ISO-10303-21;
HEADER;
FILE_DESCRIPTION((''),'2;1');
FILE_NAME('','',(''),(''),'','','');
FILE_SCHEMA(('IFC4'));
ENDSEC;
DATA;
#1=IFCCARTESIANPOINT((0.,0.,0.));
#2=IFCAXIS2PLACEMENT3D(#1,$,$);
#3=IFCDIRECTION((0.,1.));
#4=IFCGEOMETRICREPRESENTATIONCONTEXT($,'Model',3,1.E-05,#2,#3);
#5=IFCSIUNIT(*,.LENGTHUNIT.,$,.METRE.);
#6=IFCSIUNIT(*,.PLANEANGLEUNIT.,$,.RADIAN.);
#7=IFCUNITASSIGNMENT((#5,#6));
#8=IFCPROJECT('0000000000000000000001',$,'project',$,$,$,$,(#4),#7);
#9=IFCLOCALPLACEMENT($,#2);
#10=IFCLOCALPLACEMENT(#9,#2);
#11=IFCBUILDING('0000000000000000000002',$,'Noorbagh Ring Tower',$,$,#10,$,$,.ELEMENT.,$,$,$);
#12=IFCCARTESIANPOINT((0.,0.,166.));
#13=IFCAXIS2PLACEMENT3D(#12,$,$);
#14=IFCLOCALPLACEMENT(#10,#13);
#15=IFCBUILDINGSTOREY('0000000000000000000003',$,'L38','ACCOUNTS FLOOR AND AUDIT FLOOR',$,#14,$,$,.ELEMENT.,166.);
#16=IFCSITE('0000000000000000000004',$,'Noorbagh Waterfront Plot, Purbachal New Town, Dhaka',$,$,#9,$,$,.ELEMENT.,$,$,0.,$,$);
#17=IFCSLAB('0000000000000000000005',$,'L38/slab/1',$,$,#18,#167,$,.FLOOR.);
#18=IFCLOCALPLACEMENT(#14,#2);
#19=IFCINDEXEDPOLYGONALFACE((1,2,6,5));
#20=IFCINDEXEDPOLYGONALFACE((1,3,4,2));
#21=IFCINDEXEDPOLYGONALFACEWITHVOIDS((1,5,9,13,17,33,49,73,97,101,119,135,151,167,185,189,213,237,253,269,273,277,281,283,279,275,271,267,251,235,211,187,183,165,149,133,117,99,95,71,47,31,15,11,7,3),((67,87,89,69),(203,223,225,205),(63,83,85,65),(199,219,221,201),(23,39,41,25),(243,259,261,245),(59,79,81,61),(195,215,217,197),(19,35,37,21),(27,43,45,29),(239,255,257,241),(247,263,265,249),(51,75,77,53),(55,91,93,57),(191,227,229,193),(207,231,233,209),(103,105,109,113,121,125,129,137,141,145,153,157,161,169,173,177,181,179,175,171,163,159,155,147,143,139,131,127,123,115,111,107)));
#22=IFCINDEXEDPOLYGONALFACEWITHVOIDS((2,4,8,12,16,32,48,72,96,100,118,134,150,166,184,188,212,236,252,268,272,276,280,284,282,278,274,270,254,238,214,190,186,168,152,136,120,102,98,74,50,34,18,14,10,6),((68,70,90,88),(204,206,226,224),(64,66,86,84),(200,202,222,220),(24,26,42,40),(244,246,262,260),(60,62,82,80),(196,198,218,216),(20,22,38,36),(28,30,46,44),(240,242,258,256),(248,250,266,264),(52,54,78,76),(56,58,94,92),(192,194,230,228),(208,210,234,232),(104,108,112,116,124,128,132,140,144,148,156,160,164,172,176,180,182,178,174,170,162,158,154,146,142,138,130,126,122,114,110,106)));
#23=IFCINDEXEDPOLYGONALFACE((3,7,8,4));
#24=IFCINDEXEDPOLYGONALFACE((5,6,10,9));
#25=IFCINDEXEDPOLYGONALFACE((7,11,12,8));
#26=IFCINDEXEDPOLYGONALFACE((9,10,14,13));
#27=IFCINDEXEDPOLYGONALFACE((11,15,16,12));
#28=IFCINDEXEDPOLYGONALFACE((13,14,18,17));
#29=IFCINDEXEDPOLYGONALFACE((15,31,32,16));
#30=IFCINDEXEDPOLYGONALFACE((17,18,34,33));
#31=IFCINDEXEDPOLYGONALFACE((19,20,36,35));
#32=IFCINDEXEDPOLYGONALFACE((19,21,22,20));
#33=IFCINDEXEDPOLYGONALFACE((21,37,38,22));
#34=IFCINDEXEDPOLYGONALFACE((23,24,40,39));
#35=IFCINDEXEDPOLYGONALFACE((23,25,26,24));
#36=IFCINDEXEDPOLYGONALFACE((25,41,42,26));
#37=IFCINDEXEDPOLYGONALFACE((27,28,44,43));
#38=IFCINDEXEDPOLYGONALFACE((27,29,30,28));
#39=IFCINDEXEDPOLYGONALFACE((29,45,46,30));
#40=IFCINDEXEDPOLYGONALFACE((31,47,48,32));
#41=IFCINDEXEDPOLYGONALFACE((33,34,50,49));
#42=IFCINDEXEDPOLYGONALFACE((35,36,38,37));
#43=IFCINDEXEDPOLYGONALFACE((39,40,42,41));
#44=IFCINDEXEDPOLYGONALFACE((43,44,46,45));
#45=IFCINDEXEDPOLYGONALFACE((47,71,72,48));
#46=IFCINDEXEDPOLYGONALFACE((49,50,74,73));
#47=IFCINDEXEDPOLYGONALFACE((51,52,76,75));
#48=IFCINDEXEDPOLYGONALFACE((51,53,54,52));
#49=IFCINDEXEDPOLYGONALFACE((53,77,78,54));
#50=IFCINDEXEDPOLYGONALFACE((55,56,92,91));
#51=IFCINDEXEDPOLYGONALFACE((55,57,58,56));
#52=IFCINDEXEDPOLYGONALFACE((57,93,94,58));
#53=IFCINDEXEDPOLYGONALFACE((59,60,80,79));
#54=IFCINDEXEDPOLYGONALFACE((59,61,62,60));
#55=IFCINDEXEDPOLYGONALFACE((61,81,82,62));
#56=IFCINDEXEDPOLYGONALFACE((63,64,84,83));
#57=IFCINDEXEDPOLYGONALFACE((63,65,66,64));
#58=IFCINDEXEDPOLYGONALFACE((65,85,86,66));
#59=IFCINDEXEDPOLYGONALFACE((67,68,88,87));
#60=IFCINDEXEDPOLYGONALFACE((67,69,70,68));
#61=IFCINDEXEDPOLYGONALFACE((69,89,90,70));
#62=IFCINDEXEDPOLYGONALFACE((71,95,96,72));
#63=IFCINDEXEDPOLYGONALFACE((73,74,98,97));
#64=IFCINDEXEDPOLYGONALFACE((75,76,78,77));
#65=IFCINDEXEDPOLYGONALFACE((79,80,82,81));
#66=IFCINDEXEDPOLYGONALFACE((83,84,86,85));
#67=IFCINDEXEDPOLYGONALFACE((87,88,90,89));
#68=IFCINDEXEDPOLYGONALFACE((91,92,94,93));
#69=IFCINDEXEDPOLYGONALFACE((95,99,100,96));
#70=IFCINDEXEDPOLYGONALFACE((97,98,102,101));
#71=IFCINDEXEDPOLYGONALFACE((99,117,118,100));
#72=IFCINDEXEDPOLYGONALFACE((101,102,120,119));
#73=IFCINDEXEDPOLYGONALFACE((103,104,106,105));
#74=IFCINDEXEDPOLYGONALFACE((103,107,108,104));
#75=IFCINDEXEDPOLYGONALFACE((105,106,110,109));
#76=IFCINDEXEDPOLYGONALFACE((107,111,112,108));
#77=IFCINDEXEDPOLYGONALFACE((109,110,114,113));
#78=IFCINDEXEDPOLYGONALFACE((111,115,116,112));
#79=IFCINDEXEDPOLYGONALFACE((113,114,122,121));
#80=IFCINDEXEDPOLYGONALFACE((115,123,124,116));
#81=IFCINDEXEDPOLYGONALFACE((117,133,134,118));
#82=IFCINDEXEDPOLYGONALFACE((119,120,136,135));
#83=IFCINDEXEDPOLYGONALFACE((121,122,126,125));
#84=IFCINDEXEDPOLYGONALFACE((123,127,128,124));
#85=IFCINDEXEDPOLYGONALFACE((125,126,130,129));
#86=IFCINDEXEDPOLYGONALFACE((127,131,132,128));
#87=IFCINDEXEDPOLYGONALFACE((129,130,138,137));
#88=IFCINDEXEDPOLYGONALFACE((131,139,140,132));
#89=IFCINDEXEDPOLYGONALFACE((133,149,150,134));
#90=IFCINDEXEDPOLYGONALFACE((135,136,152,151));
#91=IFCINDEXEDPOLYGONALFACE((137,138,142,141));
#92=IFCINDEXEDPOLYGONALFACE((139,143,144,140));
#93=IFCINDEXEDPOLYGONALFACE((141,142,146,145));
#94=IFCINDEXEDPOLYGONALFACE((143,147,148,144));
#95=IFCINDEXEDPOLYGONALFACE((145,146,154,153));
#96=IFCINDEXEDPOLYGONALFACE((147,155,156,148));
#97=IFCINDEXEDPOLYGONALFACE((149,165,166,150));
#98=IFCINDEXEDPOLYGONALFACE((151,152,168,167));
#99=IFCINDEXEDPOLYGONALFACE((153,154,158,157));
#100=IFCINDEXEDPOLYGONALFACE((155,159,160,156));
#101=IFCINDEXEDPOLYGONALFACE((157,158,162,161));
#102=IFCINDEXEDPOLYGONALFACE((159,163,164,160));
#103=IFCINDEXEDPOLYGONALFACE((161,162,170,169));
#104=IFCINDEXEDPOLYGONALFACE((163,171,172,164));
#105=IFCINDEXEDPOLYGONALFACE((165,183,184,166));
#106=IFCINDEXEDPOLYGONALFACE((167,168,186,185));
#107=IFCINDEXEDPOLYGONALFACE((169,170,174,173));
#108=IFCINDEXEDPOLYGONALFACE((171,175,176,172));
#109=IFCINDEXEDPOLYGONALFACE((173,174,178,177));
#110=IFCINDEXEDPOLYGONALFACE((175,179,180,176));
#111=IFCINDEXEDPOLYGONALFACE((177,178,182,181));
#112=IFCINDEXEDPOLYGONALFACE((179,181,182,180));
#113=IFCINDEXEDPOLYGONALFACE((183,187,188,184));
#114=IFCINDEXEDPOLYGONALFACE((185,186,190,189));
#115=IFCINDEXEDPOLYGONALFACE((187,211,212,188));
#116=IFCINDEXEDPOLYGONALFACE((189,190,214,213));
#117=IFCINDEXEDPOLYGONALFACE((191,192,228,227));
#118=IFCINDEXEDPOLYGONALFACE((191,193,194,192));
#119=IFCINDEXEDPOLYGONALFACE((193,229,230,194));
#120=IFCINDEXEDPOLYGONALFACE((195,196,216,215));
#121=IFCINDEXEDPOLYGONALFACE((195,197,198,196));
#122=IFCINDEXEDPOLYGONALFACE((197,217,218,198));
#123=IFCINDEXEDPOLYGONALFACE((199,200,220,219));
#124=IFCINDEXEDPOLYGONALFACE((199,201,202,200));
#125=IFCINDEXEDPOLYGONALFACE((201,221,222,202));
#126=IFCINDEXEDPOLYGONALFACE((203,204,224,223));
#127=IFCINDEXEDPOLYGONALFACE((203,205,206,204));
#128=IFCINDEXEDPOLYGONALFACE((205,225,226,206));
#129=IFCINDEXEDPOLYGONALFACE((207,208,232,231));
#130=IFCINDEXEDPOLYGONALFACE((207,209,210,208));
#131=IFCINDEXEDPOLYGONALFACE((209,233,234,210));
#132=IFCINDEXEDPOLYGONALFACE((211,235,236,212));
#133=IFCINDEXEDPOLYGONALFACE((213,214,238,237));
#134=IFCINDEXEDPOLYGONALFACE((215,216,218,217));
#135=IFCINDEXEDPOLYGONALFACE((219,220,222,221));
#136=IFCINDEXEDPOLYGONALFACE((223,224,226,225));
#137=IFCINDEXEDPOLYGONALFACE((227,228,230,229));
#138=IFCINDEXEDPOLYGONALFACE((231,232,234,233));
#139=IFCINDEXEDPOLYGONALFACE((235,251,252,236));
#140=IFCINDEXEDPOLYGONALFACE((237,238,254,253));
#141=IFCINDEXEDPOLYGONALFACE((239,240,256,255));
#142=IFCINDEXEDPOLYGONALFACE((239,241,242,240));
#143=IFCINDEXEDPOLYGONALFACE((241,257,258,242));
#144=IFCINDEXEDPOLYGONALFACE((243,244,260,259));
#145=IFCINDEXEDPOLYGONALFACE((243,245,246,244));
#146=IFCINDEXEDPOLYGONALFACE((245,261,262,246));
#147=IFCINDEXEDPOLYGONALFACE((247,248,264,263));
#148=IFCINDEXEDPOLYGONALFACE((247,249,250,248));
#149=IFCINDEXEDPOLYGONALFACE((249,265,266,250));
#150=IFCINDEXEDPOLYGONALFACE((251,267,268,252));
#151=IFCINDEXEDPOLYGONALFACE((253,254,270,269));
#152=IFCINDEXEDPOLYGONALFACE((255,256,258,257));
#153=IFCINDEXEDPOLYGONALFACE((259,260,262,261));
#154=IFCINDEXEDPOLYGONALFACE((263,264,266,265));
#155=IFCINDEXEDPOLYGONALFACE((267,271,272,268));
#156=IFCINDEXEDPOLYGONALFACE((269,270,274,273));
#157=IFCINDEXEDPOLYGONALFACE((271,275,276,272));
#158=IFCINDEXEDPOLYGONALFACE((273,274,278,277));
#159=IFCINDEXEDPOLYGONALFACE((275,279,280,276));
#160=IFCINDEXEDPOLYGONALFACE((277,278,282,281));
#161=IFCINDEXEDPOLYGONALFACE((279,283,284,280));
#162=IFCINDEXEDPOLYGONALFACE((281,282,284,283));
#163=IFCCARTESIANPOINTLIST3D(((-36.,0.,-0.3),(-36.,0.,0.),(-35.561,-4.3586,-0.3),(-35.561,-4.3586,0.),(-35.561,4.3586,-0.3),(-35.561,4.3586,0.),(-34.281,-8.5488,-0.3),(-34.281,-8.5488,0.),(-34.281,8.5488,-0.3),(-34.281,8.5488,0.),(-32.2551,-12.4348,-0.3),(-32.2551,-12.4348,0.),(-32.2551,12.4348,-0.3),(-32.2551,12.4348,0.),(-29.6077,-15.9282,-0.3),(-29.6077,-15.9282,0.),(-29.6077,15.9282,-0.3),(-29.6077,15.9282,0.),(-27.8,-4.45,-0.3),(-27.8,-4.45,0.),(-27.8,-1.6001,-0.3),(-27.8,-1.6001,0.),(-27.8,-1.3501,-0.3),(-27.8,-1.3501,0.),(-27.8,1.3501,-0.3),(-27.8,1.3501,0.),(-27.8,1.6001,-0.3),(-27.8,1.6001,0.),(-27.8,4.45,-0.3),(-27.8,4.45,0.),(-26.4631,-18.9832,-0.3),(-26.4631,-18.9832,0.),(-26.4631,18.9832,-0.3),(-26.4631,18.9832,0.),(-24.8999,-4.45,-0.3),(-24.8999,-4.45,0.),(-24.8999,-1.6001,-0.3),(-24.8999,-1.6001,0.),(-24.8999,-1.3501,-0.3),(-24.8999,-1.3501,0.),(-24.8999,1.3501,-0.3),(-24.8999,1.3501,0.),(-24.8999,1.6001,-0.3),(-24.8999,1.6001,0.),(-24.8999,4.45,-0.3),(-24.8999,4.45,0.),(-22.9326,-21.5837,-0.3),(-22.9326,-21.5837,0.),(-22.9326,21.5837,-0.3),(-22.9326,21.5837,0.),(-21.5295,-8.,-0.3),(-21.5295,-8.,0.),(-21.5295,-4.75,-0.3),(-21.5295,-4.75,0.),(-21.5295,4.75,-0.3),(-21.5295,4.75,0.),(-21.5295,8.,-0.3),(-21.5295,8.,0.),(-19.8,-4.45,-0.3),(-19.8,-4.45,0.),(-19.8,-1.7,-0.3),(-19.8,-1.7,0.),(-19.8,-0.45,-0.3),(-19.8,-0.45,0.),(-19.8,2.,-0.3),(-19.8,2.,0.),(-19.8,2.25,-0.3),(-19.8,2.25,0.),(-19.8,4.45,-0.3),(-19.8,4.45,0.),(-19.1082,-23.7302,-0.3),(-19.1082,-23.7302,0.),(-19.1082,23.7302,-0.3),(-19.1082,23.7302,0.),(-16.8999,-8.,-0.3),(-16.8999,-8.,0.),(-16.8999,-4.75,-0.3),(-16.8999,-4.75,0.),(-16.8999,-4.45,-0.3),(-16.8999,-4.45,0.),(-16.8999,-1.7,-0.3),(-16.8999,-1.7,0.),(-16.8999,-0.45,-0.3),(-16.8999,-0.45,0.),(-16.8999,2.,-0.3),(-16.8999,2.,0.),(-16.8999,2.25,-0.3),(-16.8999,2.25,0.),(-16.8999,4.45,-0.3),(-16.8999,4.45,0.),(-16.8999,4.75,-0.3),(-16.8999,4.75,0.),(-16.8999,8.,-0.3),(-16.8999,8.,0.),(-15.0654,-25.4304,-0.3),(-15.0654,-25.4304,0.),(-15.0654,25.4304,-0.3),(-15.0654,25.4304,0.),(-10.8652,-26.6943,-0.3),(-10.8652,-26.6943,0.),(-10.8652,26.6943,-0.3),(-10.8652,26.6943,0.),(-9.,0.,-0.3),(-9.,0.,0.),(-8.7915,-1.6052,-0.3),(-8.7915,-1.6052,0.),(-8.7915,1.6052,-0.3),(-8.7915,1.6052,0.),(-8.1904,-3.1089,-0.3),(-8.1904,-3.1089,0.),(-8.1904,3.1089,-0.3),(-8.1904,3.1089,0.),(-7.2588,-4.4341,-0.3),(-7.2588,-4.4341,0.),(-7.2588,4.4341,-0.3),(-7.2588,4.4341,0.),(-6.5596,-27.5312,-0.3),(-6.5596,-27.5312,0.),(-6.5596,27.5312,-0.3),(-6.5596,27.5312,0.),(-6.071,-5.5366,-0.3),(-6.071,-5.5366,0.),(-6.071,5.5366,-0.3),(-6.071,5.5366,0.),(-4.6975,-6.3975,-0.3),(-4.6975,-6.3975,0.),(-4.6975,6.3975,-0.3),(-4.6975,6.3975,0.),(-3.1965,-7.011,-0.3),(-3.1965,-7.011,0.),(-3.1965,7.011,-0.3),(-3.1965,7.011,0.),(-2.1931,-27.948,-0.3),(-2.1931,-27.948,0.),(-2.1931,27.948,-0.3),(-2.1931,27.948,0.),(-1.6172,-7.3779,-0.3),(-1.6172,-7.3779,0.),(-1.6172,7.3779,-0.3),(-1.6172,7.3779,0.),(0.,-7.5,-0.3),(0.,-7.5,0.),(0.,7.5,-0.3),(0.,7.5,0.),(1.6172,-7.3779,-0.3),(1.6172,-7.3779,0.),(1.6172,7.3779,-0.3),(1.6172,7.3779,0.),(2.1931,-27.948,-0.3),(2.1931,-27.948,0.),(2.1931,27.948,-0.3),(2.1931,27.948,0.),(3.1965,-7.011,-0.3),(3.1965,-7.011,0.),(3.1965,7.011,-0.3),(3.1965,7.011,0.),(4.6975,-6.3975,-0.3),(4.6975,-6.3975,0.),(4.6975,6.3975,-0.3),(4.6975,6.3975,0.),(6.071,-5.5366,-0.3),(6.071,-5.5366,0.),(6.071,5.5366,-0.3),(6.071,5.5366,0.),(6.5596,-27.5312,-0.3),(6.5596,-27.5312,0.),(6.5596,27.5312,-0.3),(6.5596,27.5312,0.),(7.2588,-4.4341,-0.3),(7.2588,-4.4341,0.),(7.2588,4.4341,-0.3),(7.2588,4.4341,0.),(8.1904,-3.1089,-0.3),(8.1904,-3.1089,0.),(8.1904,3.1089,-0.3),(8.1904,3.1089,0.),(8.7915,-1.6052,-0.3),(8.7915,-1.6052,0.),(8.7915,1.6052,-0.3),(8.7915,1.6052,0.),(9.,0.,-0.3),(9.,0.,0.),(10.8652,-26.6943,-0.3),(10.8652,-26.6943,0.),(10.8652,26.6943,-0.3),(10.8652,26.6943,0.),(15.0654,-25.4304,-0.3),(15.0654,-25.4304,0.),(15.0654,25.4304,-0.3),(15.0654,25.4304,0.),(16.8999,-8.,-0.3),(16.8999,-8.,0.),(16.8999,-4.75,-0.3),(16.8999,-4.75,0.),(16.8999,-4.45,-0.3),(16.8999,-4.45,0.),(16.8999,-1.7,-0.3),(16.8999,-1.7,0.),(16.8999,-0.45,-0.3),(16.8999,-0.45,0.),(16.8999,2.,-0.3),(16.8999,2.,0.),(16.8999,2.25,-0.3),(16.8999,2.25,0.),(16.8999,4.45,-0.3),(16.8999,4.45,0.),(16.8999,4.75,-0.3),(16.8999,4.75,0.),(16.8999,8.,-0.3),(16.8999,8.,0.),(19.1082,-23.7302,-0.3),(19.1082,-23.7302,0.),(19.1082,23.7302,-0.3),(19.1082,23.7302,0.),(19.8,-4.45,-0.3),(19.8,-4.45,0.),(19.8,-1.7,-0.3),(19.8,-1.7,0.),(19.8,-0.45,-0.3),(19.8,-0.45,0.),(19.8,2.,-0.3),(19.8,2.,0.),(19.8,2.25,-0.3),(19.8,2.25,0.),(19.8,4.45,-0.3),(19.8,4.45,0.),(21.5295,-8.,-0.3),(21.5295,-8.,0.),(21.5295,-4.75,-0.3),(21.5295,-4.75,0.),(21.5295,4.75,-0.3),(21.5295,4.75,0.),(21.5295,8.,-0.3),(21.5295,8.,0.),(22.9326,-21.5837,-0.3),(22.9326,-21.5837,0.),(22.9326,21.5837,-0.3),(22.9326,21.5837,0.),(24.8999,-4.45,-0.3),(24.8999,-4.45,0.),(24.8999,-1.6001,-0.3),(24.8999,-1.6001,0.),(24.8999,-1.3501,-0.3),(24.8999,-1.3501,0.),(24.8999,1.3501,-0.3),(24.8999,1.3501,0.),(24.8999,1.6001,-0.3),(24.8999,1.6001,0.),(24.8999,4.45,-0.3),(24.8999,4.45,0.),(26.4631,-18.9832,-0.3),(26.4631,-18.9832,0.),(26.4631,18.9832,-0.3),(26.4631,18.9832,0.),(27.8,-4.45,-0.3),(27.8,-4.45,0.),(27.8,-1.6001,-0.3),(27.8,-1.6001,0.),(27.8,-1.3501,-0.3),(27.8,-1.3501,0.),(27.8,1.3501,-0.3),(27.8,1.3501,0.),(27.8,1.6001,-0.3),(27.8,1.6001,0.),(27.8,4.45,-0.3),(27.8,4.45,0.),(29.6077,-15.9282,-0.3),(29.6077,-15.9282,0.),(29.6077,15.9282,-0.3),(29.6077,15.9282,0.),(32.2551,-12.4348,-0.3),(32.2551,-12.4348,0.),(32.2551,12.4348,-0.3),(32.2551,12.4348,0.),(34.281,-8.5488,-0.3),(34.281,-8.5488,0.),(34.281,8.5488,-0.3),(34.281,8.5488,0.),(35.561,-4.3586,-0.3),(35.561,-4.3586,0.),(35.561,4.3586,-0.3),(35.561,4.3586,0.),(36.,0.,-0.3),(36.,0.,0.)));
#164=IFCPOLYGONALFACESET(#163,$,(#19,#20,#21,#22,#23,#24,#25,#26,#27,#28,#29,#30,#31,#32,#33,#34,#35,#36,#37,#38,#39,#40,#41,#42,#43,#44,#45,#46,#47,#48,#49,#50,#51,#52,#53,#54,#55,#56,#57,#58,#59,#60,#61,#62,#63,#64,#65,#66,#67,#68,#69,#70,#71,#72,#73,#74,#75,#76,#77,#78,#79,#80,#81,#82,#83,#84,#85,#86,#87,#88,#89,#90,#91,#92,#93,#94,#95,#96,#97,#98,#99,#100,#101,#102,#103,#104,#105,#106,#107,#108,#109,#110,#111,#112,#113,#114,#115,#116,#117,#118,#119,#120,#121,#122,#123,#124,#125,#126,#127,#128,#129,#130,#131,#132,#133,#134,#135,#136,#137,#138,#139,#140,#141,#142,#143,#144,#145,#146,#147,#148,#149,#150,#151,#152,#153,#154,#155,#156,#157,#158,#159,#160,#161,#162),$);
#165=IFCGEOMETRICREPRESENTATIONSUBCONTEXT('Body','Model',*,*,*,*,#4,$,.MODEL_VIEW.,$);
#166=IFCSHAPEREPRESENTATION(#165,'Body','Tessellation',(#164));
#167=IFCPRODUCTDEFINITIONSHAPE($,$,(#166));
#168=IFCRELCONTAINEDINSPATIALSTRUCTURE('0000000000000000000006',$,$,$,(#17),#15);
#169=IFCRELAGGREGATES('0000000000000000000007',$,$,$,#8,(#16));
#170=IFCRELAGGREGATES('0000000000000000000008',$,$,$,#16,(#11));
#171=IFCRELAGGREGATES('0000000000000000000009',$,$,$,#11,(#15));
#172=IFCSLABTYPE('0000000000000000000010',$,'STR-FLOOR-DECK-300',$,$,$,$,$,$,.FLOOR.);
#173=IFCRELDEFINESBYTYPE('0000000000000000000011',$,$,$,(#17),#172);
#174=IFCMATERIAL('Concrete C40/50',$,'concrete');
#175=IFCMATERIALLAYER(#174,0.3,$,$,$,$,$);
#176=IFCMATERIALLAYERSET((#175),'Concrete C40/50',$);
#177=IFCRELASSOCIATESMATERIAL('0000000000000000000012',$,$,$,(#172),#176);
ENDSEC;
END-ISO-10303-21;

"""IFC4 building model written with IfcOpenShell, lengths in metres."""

from ifc_helpers import new_model, si_unit, direction, frame, origin, place, context, subcontext, project, spatial, polyline, outline, extrude, material, layer, layer_set, type_object, element, save


model = new_model("IFC4")

# Units and contexts
model_context = context("Model", 3, precision=1e-05, world=origin(), true_north=direction((0.0, 1.0)))
body_context = subcontext(model_context, "Body", "Model", "MODEL_VIEW")
ifc_project = project(units=[si_unit("LENGTHUNIT", "METRE"), si_unit("PLANEANGLEUNIT", "RADIAN")], contexts=[model_context])

# Site, building, storey
site_placement = place(None, origin())
site = spatial("IfcSite", under=ifc_project, at=site_placement, Name="Noorbagh Waterfront Plot, Purbachal New Town, Dhaka", CompositionType="ELEMENT", RefElevation=0.0)
building_placement = place(site_placement, origin())
building = spatial("IfcBuilding", under=site, at=building_placement, Name="Noorbagh Ring Tower", CompositionType="ELEMENT")
storey_placement = place(building_placement, frame((0.0, 0.0, 166.0)))
storey = spatial("IfcBuildingStorey", under=building, at=storey_placement, Name="L38", Description="ACCOUNTS FLOOR AND AUDIT FLOOR", CompositionType="ELEMENT", Elevation=166.0)

# Slab
ifc_material_1 = material(Name="Concrete C40/50", Category="concrete")
ifc_layer_1 = layer(ifc_material_1, 0.3)
ifc_layer_set_1 = layer_set([ifc_layer_1], Name="Concrete C40/50")
slab_type = type_object("IfcSlabType", Name="STR-FLOOR-DECK-300", PredefinedType="FLOOR", material=ifc_layer_set_1)
slab_placement = place(storey_placement, frame((0.0, 0.0, -0.3)))
element("IfcSlab", 1, at=slab_placement, inside=storey, type_object=slab_type, Name="L38/slab/1", PredefinedType="FLOOR", context=body_context, shape_type="SweptSolid", body=[
    extrude(outline(polyline([(36.0, 0.0), (35.561, 4.3586), (34.281, 8.5488), (32.2551, 12.4348), (29.6077, 15.9282), (26.4631, 18.9832), (22.9326, 21.5837), (19.1082, 23.7302), (15.0654, 25.4304), (10.8652, 26.6943), (6.5596, 27.5312), (2.1931, 27.948), (-2.1931, 27.948), (-6.5596, 27.5312), (-10.8652, 26.6943), (-15.0654, 25.4304), (-19.1082, 23.7302), (-22.9326, 21.5837), (-26.4631, 18.9832), (-29.6077, 15.9282), (-32.2551, 12.4348), (-34.281, 8.5488), (-35.561, 4.3586), (-36.0, 0.0), (-35.561, -4.3586), (-34.281, -8.5488), (-32.2551, -12.4348), (-29.6077, -15.9282), (-26.4631, -18.9832), (-22.9326, -21.5837), (-19.1082, -23.7302), (-15.0654, -25.4304), (-10.8652, -26.6943), (-6.5596, -27.5312), (-2.1931, -27.948), (2.1931, -27.948), (6.5596, -27.5312), (10.8652, -26.6943), (15.0654, -25.4304), (19.1082, -23.7302), (22.9326, -21.5837), (26.4631, -18.9832), (29.6077, -15.9282), (32.2551, -12.4348), (34.281, -8.5488), (35.561, -4.3586), (36.0, 0.0)]), holes=[polyline([(24.8999, 4.45), (27.8, 4.45), (27.8, 1.6001), (24.8999, 1.6001), (24.8999, 4.45)]), polyline([(24.8999, 1.3501), (27.8, 1.3501), (27.8, -1.3501), (24.8999, -1.3501), (24.8999, 1.3501)]), polyline([(24.8999, -1.6001), (27.8, -1.6001), (27.8, -4.45), (24.8999, -4.45), (24.8999, -1.6001)]), polyline([(21.5295, -8.0), (16.8999, -8.0), (16.8999, -4.75), (21.5295, -4.75), (21.5295, -8.0)]), polyline([(16.8999, 4.75), (16.8999, 8.0), (21.5295, 8.0), (21.5295, 4.75), (16.8999, 4.75)]), polyline([(19.8, 4.45), (19.8, 2.25), (16.8999, 2.25), (16.8999, 4.45), (19.8, 4.45)]), polyline([(16.8999, 2.0), (19.8, 2.0), (19.8, -0.45), (16.8999, -0.45), (16.8999, 2.0)]), polyline([(16.8999, -1.7), (19.8, -1.7), (19.8, -4.45), (16.8999, -4.45), (16.8999, -1.7)]), polyline([(4.6975, -6.3975), (3.1965, -7.011), (1.6172, -7.3779), (0.0, -7.5), (-1.6172, -7.3779), (-3.1965, -7.011), (-4.6975, -6.3975), (-6.071, -5.5366), (-7.2588, -4.4341), (-8.1904, -3.1089), (-8.7915, -1.6052), (-9.0, 0.0), (-8.7915, 1.6052), (-8.1904, 3.1089), (-7.2588, 4.4341), (-6.071, 5.5366), (-4.6975, 6.3975), (-3.1965, 7.011), (-1.6172, 7.3779), (0.0, 7.5), (1.6172, 7.3779), (3.1965, 7.011), (4.6975, 6.3975), (6.071, 5.5366), (7.2588, 4.4341), (8.1904, 3.1089), (8.7915, 1.6052), (9.0, 0.0), (8.7915, -1.6052), (8.1904, -3.1089), (7.2588, -4.4341), (6.071, -5.5366), (4.6975, -6.3975)]), polyline([(-16.8999, 2.25), (-19.8, 2.25), (-19.8, 4.45), (-16.8999, 4.45), (-16.8999, 2.25)]), polyline([(-16.8999, -0.45), (-19.8, -0.45), (-19.8, 2.0), (-16.8999, 2.0), (-16.8999, -0.45)]), polyline([(-16.8999, -4.45), (-19.8, -4.45), (-19.8, -1.7), (-16.8999, -1.7), (-16.8999, -4.45)]), polyline([(-21.5295, 8.0), (-16.8999, 8.0), (-16.8999, 4.75), (-21.5295, 4.75), (-21.5295, 8.0)]), polyline([(-21.5295, -4.75), (-16.8999, -4.75), (-16.8999, -8.0), (-21.5295, -8.0), (-21.5295, -4.75)]), polyline([(-24.8999, -4.45), (-27.8, -4.45), (-27.8, -1.6001), (-24.8999, -1.6001), (-24.8999, -4.45)]), polyline([(-24.8999, 1.6001), (-27.8, 1.6001), (-27.8, 4.45), (-24.8999, 4.45), (-24.8999, 1.6001)]), polyline([(-24.8999, -1.3501), (-27.8, -1.3501), (-27.8, 1.3501), (-24.8999, 1.3501), (-24.8999, -1.3501)])]), origin(), (0.0, 0.0, 1.0), 0.3),
])

save(model, "model.ifc")
